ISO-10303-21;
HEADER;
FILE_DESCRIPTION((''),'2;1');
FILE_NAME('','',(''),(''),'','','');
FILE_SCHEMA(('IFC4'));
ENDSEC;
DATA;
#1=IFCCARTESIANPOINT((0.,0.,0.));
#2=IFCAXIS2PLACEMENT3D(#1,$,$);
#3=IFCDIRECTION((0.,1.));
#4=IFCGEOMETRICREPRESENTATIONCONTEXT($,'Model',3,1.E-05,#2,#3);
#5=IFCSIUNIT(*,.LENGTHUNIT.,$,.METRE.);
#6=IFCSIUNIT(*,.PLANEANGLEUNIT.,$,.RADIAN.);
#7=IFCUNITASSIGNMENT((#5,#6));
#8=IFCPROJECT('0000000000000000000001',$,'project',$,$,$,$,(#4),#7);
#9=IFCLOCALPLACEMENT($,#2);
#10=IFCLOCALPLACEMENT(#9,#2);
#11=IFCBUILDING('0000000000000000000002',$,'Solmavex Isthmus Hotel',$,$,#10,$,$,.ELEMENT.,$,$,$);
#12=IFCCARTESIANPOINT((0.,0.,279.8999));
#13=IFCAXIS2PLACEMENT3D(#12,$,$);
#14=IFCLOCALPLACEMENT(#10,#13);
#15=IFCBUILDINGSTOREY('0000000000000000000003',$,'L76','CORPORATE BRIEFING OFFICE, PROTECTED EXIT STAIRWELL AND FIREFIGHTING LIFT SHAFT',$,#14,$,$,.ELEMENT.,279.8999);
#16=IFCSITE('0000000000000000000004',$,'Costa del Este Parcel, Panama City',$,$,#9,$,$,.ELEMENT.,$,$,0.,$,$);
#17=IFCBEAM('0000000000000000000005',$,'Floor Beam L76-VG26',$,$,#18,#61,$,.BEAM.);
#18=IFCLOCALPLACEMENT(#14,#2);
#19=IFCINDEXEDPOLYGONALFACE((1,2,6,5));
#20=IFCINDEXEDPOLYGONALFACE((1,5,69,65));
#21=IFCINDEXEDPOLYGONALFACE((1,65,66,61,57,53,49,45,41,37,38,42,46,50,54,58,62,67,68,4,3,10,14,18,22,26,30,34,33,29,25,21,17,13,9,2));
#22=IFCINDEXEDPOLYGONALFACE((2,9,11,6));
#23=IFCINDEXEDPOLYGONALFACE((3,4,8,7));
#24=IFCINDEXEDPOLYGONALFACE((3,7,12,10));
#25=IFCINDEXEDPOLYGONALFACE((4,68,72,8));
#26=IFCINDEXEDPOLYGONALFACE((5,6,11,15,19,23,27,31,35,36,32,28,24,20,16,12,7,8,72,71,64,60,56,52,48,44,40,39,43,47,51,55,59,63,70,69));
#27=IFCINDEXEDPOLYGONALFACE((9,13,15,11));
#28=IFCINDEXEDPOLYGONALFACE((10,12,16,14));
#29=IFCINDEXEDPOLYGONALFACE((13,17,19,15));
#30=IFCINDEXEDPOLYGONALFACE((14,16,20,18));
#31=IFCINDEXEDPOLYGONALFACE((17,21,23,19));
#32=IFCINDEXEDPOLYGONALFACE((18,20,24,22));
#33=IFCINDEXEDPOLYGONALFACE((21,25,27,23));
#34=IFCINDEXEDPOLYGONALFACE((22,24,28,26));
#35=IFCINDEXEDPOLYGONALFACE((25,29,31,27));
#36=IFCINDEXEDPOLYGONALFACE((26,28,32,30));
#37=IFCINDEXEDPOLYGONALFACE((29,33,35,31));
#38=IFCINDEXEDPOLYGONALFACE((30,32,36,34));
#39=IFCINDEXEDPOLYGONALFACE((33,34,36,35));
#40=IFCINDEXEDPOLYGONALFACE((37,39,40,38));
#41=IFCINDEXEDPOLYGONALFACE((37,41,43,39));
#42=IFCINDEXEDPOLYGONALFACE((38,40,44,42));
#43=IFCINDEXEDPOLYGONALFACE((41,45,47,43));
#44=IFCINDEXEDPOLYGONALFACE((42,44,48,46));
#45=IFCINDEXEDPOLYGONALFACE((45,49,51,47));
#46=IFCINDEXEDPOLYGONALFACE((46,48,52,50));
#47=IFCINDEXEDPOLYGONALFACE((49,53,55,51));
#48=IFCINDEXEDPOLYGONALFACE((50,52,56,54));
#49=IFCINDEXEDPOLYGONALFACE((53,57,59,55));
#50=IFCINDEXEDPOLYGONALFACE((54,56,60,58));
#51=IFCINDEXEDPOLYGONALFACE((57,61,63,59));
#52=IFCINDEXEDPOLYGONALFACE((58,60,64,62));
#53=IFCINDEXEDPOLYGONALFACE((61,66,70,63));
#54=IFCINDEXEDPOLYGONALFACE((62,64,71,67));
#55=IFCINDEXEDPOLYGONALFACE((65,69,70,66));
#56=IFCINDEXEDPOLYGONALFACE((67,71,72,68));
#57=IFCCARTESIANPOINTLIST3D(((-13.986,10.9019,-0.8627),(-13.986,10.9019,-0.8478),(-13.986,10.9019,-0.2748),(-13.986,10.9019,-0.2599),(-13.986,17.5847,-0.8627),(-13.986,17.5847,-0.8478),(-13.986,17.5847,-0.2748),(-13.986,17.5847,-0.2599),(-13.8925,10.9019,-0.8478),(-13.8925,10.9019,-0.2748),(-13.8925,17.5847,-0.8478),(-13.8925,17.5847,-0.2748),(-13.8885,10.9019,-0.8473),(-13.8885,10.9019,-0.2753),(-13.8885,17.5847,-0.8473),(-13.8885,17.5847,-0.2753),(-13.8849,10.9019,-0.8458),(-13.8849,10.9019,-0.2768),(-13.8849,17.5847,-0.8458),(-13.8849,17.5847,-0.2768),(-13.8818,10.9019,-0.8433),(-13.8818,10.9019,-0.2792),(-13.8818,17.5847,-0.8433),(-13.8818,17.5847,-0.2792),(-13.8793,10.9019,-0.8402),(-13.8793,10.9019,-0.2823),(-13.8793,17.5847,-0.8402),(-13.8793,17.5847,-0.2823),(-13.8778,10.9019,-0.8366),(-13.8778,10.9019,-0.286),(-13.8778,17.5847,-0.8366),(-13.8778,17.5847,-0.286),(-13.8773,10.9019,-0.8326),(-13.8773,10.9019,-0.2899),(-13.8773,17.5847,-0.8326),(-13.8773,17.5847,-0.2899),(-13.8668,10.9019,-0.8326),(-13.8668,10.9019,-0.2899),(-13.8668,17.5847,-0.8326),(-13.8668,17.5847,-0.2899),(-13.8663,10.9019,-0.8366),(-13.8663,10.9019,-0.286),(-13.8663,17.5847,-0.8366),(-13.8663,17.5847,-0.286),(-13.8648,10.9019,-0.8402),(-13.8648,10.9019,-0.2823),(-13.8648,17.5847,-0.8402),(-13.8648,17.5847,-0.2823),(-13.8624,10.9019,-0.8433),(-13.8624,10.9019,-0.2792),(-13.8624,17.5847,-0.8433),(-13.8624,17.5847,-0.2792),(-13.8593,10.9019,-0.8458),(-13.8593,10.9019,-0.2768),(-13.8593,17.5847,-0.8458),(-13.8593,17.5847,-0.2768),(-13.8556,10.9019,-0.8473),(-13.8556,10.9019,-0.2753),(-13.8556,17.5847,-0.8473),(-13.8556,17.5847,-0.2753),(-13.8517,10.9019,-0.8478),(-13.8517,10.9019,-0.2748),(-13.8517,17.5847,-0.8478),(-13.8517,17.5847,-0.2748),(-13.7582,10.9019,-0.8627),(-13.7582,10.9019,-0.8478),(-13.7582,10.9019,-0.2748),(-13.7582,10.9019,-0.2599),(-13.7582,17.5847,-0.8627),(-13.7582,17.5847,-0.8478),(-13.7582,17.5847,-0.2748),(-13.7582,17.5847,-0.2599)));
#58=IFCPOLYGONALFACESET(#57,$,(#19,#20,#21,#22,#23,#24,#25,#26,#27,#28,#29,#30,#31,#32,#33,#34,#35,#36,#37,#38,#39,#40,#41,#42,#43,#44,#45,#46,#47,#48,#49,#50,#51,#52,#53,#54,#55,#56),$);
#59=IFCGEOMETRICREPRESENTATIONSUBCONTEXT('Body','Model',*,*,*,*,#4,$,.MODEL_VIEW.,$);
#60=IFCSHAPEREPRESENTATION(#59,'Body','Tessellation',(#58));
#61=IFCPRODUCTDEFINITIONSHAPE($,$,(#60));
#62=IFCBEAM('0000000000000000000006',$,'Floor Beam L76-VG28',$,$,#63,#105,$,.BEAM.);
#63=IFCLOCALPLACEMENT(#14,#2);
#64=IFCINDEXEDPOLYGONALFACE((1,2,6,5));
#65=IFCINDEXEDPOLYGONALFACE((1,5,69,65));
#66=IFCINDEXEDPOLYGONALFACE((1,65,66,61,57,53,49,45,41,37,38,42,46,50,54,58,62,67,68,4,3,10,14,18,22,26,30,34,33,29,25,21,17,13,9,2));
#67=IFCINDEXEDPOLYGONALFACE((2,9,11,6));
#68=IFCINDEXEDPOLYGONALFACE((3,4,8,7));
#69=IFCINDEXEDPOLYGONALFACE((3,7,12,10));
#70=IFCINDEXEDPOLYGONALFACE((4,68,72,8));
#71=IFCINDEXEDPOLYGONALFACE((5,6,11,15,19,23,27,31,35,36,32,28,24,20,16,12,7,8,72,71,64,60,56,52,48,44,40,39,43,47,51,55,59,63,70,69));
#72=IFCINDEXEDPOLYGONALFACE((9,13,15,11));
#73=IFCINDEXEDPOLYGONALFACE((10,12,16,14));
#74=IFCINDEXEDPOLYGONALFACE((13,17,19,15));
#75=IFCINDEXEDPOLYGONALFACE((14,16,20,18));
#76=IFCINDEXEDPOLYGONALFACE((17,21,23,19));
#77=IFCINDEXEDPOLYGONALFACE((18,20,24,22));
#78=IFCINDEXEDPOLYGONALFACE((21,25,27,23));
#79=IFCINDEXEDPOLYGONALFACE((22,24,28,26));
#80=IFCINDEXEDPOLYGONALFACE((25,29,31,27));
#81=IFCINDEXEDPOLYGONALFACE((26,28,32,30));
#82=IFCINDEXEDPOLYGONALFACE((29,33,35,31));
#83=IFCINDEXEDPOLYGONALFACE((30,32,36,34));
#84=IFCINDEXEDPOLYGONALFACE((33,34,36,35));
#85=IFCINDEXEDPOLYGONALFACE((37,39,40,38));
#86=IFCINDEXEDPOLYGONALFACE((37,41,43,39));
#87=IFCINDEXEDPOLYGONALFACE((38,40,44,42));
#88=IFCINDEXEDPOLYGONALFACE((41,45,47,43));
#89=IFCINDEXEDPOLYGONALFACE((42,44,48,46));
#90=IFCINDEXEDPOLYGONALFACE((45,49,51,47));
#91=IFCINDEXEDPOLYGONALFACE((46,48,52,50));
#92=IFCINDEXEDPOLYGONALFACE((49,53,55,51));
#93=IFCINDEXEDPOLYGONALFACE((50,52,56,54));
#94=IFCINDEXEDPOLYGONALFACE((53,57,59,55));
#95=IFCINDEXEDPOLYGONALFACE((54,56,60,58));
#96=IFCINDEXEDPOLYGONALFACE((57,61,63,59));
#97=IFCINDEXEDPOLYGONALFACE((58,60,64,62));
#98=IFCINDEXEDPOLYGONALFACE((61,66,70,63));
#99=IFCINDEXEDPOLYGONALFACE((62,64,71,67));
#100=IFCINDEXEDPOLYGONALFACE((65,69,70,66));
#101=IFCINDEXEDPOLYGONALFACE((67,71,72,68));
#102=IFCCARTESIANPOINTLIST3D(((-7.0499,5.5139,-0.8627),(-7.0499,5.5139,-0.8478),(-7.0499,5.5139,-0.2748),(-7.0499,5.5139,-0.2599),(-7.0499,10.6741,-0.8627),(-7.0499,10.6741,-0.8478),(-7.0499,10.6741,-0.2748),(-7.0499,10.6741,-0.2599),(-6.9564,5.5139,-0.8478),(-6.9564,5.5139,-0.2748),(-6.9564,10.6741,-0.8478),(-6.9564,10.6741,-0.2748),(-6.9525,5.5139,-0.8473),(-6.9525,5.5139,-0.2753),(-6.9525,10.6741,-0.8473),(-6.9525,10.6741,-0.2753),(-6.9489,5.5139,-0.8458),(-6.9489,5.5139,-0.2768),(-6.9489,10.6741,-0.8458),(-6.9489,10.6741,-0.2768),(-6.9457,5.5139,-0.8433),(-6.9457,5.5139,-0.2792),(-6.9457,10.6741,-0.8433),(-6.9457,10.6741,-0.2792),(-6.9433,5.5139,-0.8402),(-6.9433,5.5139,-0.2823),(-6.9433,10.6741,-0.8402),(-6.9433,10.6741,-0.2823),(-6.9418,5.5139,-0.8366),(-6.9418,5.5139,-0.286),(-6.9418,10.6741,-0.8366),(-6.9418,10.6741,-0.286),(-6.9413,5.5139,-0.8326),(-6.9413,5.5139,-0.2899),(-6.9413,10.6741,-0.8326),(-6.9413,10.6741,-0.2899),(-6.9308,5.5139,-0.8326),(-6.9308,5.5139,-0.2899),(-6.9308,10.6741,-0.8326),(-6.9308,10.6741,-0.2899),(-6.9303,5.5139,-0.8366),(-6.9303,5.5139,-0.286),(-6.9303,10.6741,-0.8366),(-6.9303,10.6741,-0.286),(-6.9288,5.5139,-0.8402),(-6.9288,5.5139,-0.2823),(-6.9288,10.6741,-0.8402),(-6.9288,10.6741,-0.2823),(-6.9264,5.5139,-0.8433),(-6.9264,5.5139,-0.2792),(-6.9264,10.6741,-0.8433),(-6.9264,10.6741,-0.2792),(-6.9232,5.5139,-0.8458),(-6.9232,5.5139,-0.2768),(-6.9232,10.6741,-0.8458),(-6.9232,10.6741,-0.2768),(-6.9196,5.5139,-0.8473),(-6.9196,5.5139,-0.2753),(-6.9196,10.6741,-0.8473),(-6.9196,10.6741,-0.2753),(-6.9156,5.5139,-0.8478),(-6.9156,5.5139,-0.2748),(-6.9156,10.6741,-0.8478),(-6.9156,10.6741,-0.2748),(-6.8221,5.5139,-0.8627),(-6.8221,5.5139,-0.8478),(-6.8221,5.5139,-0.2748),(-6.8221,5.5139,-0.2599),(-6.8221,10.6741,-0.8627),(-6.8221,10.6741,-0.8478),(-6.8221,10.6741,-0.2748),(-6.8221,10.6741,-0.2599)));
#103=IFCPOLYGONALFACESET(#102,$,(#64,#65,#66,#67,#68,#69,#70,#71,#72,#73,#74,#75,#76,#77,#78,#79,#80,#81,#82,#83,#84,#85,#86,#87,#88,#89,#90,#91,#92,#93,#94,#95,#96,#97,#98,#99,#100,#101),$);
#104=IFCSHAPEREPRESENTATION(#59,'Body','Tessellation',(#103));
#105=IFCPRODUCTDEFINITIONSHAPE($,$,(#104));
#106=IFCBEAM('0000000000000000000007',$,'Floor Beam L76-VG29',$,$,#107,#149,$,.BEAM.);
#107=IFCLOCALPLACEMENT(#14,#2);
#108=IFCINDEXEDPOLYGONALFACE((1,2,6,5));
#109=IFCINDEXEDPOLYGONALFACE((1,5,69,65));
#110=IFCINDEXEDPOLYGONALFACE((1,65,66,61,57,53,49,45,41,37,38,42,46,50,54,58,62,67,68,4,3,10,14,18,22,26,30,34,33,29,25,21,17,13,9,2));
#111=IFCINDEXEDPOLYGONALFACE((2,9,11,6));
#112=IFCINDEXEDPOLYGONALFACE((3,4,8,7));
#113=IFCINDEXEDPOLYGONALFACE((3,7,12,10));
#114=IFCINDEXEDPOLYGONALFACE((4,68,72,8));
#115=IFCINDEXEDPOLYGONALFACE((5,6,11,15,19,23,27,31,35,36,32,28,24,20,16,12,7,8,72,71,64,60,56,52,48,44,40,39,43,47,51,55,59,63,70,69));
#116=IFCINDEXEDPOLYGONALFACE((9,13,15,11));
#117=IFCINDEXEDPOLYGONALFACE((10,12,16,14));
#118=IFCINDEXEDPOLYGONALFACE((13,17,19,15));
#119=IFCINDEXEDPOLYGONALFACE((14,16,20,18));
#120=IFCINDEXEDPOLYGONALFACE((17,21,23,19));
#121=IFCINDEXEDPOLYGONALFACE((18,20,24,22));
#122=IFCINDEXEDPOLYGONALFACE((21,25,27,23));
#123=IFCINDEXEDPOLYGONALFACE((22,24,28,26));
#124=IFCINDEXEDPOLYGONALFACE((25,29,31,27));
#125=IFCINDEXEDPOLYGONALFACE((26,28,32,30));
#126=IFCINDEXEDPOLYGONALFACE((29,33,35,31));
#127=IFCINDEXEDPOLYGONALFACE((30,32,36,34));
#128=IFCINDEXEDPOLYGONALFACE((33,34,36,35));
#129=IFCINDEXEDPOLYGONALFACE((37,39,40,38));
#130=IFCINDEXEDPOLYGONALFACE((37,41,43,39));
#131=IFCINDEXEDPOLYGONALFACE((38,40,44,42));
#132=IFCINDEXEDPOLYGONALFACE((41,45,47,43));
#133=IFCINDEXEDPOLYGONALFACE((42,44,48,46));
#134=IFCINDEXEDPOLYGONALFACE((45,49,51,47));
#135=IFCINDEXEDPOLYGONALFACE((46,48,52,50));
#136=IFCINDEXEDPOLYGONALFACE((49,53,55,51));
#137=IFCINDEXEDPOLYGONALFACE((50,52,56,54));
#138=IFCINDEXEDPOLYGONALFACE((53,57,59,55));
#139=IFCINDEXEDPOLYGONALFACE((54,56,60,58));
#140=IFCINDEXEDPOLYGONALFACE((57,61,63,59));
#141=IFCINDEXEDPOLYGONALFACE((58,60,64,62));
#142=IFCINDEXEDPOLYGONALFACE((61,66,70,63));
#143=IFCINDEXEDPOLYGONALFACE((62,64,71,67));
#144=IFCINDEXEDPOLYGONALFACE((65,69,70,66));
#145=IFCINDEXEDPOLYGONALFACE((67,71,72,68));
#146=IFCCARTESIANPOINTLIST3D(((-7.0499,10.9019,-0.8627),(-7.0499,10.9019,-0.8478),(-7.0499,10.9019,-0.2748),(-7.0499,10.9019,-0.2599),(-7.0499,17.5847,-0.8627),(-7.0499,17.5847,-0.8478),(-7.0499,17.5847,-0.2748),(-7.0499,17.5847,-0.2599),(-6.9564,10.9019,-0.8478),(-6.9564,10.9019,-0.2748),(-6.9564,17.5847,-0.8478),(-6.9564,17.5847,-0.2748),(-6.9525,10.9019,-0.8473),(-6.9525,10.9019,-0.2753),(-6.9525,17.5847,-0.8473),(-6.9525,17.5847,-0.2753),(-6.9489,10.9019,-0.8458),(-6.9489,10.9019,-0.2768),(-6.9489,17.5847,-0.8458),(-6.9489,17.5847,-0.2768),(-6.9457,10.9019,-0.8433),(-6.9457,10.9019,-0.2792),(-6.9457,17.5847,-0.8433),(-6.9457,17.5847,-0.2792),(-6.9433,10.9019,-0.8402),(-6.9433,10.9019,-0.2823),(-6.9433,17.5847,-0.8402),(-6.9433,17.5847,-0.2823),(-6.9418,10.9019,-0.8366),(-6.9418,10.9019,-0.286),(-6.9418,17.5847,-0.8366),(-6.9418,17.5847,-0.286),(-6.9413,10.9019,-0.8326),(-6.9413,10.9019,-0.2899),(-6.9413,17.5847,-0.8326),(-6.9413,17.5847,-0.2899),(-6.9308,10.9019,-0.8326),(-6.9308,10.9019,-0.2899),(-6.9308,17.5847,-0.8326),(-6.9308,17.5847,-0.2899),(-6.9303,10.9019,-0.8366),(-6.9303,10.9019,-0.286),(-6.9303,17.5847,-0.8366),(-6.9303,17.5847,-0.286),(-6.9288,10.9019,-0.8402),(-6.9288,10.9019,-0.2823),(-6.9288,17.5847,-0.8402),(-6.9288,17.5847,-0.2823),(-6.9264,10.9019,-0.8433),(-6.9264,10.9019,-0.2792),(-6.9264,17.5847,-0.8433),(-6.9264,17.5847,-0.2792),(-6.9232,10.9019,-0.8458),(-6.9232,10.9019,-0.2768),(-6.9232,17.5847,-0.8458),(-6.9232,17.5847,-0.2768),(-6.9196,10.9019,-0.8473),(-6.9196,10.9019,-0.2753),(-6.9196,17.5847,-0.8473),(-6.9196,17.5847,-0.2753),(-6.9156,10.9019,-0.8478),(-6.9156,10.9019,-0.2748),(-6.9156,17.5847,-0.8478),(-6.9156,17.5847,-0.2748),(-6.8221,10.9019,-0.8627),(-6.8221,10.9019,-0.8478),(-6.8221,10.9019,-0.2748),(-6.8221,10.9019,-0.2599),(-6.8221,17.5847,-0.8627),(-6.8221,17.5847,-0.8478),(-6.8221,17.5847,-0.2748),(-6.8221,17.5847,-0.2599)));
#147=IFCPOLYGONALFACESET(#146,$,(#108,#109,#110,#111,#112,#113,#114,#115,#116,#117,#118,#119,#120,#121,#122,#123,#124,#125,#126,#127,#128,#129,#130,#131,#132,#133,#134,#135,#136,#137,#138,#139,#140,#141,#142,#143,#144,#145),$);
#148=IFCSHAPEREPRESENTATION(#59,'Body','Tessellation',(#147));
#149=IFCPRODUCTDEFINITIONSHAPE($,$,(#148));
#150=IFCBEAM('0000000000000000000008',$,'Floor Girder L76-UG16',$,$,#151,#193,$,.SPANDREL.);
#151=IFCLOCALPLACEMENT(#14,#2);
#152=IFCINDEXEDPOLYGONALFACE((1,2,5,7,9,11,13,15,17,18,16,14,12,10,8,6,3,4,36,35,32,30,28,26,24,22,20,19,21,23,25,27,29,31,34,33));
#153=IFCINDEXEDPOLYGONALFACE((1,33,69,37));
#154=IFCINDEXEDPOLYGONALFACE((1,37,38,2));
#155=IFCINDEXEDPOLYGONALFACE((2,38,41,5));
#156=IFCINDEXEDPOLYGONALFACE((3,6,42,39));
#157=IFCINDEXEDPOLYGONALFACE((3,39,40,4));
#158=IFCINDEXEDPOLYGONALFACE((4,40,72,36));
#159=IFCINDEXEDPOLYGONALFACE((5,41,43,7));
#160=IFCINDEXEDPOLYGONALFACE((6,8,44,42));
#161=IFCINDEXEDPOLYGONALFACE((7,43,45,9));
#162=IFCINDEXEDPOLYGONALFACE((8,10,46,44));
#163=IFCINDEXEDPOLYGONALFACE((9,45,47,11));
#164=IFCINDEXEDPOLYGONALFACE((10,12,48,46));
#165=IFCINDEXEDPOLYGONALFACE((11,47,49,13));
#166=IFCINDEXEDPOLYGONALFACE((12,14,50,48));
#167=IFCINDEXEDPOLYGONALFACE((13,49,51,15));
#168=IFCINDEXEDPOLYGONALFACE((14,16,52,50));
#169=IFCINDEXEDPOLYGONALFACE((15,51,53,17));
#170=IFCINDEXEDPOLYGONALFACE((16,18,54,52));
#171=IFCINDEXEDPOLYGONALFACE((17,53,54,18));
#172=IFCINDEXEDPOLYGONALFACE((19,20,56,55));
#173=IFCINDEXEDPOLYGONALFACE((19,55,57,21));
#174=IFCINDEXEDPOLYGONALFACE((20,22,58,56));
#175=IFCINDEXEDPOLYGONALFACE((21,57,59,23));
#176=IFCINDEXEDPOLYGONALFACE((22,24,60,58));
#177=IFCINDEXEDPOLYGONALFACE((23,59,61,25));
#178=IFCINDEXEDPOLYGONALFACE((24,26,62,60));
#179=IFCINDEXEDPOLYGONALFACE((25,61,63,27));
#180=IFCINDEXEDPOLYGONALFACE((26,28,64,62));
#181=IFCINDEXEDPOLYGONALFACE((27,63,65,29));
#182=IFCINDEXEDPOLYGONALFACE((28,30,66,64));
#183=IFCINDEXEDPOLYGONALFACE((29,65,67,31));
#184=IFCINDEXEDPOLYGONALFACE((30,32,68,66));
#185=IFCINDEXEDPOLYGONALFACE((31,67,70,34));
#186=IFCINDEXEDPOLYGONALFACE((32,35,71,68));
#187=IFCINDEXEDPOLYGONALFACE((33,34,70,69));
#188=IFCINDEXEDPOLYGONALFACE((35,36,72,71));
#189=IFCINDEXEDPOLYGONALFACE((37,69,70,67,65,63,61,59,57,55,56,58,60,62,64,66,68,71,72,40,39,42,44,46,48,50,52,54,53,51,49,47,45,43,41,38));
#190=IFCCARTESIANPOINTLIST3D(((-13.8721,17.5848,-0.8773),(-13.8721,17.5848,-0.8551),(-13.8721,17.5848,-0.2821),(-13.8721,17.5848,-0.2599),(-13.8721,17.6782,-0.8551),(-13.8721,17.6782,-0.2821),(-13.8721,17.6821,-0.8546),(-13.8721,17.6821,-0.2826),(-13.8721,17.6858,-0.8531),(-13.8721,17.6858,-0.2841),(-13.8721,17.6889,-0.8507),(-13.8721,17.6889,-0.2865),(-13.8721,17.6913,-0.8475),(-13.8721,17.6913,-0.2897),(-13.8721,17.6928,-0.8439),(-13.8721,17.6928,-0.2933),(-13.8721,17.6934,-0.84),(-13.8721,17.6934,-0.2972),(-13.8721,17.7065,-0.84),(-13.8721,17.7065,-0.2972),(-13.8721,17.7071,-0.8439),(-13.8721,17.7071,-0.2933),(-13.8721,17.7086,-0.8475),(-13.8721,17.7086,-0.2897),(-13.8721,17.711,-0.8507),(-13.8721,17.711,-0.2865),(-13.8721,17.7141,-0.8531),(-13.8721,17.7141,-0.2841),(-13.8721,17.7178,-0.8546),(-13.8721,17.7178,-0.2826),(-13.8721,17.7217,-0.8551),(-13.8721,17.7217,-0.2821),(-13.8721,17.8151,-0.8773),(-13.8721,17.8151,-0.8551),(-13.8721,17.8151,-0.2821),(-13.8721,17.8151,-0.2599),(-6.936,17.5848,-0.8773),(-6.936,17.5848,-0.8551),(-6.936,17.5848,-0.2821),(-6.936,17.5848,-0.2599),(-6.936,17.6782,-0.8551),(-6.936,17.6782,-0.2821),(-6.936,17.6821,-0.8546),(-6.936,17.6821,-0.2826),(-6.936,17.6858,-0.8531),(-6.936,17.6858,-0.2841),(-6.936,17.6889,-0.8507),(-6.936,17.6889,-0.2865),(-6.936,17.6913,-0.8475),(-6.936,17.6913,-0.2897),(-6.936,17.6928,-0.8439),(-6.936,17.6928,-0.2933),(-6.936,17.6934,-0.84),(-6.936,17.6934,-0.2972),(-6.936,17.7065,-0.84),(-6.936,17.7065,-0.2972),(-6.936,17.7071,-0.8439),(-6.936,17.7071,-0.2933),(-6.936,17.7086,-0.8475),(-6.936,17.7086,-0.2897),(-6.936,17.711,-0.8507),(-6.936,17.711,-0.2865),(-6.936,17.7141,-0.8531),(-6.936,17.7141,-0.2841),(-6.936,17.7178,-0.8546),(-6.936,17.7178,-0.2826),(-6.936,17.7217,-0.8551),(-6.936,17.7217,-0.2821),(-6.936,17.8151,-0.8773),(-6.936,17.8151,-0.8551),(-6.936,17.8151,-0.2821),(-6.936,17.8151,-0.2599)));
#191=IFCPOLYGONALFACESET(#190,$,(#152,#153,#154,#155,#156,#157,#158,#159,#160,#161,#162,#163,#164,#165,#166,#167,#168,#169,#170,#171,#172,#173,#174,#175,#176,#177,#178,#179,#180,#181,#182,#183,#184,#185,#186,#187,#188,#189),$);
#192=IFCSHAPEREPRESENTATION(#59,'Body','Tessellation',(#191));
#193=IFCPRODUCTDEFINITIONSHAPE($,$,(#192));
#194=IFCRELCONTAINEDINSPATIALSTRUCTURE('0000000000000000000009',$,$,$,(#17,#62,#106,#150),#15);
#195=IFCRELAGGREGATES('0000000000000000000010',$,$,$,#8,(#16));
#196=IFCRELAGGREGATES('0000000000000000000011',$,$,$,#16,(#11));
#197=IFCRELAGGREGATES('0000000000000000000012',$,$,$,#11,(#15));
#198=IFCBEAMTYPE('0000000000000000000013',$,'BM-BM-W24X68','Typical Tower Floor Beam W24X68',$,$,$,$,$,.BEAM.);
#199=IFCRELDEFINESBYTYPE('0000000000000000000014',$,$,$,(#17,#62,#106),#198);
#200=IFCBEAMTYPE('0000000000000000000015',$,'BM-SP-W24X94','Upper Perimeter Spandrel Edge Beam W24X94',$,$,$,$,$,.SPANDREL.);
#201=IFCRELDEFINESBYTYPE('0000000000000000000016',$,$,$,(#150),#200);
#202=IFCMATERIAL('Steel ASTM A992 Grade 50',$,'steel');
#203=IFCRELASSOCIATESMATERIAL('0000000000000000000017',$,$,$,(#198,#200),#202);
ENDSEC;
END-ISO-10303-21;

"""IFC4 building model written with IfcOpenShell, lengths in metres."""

from ifc_helpers import new_model, si_unit, direction, frame, origin, origin_2d, place, context, subcontext, project, spatial, i_section, extrude, material, material_profile, profile_set, type_object, element, save


model = new_model("IFC4")

# Units and contexts
model_context = context("Model", 3, precision=1e-05, world=origin(), true_north=direction((0.0, 1.0)))
body_context = subcontext(model_context, "Body", "Model", "MODEL_VIEW")
ifc_project = project(units=[si_unit("LENGTHUNIT", "METRE"), si_unit("PLANEANGLEUNIT", "RADIAN")], contexts=[model_context])

# Site, building, storey
site_placement = place(None, origin())
site = spatial("IfcSite", under=ifc_project, at=site_placement, Name="Costa del Este Parcel, Panama City", CompositionType="ELEMENT", RefElevation=0.0)
building_placement = place(site_placement, origin())
building = spatial("IfcBuilding", under=site, at=building_placement, Name="Solmavex Isthmus Hotel", CompositionType="ELEMENT")
storey_placement = place(building_placement, frame((0.0, 0.0, 279.8999)))
storey = spatial("IfcBuildingStorey", under=building, at=storey_placement, Name="L76", Description="CORPORATE BRIEFING OFFICE, PROTECTED EXIT STAIRWELL AND FIREFIGHTING LIFT SHAFT", CompositionType="ELEMENT", Elevation=279.8999)

# Beams
ifc_material_1 = material(Name="Steel ASTM A992 Grade 50", Category="steel")
ifc_material_profile_1 = material_profile(ifc_material_1, i_section(OverallWidth=0.2278, OverallDepth=0.6028, WebThickness=0.0105, FlangeThickness=0.0149, FilletRadius=0.0151, at=origin_2d()), Name="W24X68")
ifc_profile_set_1 = profile_set([ifc_material_profile_1], Name="Steel ASTM A992 Grade 50")
beam_type_1 = type_object("IfcBeamType", Name="BM-BM-W24X68", Description="Typical Tower Floor Beam W24X68", PredefinedType="BEAM", material=ifc_profile_set_1)
beam_1_placement = place(storey_placement, frame((-13.8721, 10.9019, -0.5613), z_axis=(0.0, 1.0, 0.0), x_axis=(-1.0, 0.0, 0.0)))
element("IfcBeam", 1, at=beam_1_placement, inside=storey, type_object=beam_type_1, Name="Floor Beam L76-VG26", PredefinedType="BEAM", context=body_context, shape_type="SweptSolid", body=[
    extrude(i_section(OverallWidth=0.2278, OverallDepth=0.6028, WebThickness=0.0105, FlangeThickness=0.0149, FilletRadius=0.0151, at=origin_2d()), origin(), (0.0, 0.0, 1.0), 6.6829),
])
beam_2_placement = place(storey_placement, frame((-6.936, 5.5139, -0.5613), z_axis=(0.0, 1.0, 0.0), x_axis=(-1.0, 0.0, 0.0)))
element("IfcBeam", 2, at=beam_2_placement, inside=storey, type_object=beam_type_1, Name="Floor Beam L76-VG28", PredefinedType="BEAM", context=body_context, shape_type="SweptSolid", body=[
    extrude(i_section(OverallWidth=0.2278, OverallDepth=0.6028, WebThickness=0.0105, FlangeThickness=0.0149, FilletRadius=0.0151, at=origin_2d()), origin(), (0.0, 0.0, 1.0), 5.1602),
])
beam_3_placement = place(storey_placement, frame((-6.936, 10.9019, -0.5613), z_axis=(0.0, 1.0, 0.0), x_axis=(-1.0, 0.0, 0.0)))
element("IfcBeam", 3, at=beam_3_placement, inside=storey, type_object=beam_type_1, Name="Floor Beam L76-VG29", PredefinedType="BEAM", context=body_context, shape_type="SweptSolid", body=[
    extrude(i_section(OverallWidth=0.2278, OverallDepth=0.6028, WebThickness=0.0105, FlangeThickness=0.0149, FilletRadius=0.0151, at=origin_2d()), origin(), (0.0, 0.0, 1.0), 6.6829),
])
ifc_material_profile_2 = material_profile(ifc_material_1, i_section(OverallWidth=0.2302, OverallDepth=0.6174, WebThickness=0.0132, FlangeThickness=0.0222, FilletRadius=0.0151, at=origin_2d()), Name="W24X94")
ifc_profile_set_2 = profile_set([ifc_material_profile_2], Name="Steel ASTM A992 Grade 50")
beam_type_2 = type_object("IfcBeamType", Name="BM-SP-W24X94", Description="Upper Perimeter Spandrel Edge Beam W24X94", PredefinedType="SPANDREL", material=ifc_profile_set_2)
beam_4_placement = place(storey_placement, frame((-13.8721, 17.7, -0.5686), z_axis=(1.0, 0.0, 0.0), x_axis=(0.0, 1.0, 0.0)))
element("IfcBeam", 4, at=beam_4_placement, inside=storey, type_object=beam_type_2, Name="Floor Girder L76-UG16", PredefinedType="SPANDREL", context=body_context, shape_type="SweptSolid", body=[
    extrude(i_section(OverallWidth=0.2302, OverallDepth=0.6174, WebThickness=0.0132, FlangeThickness=0.0222, FilletRadius=0.0151, at=origin_2d()), origin(), (0.0, 0.0, 1.0), 6.936),
])

save(model, "model.ifc")
